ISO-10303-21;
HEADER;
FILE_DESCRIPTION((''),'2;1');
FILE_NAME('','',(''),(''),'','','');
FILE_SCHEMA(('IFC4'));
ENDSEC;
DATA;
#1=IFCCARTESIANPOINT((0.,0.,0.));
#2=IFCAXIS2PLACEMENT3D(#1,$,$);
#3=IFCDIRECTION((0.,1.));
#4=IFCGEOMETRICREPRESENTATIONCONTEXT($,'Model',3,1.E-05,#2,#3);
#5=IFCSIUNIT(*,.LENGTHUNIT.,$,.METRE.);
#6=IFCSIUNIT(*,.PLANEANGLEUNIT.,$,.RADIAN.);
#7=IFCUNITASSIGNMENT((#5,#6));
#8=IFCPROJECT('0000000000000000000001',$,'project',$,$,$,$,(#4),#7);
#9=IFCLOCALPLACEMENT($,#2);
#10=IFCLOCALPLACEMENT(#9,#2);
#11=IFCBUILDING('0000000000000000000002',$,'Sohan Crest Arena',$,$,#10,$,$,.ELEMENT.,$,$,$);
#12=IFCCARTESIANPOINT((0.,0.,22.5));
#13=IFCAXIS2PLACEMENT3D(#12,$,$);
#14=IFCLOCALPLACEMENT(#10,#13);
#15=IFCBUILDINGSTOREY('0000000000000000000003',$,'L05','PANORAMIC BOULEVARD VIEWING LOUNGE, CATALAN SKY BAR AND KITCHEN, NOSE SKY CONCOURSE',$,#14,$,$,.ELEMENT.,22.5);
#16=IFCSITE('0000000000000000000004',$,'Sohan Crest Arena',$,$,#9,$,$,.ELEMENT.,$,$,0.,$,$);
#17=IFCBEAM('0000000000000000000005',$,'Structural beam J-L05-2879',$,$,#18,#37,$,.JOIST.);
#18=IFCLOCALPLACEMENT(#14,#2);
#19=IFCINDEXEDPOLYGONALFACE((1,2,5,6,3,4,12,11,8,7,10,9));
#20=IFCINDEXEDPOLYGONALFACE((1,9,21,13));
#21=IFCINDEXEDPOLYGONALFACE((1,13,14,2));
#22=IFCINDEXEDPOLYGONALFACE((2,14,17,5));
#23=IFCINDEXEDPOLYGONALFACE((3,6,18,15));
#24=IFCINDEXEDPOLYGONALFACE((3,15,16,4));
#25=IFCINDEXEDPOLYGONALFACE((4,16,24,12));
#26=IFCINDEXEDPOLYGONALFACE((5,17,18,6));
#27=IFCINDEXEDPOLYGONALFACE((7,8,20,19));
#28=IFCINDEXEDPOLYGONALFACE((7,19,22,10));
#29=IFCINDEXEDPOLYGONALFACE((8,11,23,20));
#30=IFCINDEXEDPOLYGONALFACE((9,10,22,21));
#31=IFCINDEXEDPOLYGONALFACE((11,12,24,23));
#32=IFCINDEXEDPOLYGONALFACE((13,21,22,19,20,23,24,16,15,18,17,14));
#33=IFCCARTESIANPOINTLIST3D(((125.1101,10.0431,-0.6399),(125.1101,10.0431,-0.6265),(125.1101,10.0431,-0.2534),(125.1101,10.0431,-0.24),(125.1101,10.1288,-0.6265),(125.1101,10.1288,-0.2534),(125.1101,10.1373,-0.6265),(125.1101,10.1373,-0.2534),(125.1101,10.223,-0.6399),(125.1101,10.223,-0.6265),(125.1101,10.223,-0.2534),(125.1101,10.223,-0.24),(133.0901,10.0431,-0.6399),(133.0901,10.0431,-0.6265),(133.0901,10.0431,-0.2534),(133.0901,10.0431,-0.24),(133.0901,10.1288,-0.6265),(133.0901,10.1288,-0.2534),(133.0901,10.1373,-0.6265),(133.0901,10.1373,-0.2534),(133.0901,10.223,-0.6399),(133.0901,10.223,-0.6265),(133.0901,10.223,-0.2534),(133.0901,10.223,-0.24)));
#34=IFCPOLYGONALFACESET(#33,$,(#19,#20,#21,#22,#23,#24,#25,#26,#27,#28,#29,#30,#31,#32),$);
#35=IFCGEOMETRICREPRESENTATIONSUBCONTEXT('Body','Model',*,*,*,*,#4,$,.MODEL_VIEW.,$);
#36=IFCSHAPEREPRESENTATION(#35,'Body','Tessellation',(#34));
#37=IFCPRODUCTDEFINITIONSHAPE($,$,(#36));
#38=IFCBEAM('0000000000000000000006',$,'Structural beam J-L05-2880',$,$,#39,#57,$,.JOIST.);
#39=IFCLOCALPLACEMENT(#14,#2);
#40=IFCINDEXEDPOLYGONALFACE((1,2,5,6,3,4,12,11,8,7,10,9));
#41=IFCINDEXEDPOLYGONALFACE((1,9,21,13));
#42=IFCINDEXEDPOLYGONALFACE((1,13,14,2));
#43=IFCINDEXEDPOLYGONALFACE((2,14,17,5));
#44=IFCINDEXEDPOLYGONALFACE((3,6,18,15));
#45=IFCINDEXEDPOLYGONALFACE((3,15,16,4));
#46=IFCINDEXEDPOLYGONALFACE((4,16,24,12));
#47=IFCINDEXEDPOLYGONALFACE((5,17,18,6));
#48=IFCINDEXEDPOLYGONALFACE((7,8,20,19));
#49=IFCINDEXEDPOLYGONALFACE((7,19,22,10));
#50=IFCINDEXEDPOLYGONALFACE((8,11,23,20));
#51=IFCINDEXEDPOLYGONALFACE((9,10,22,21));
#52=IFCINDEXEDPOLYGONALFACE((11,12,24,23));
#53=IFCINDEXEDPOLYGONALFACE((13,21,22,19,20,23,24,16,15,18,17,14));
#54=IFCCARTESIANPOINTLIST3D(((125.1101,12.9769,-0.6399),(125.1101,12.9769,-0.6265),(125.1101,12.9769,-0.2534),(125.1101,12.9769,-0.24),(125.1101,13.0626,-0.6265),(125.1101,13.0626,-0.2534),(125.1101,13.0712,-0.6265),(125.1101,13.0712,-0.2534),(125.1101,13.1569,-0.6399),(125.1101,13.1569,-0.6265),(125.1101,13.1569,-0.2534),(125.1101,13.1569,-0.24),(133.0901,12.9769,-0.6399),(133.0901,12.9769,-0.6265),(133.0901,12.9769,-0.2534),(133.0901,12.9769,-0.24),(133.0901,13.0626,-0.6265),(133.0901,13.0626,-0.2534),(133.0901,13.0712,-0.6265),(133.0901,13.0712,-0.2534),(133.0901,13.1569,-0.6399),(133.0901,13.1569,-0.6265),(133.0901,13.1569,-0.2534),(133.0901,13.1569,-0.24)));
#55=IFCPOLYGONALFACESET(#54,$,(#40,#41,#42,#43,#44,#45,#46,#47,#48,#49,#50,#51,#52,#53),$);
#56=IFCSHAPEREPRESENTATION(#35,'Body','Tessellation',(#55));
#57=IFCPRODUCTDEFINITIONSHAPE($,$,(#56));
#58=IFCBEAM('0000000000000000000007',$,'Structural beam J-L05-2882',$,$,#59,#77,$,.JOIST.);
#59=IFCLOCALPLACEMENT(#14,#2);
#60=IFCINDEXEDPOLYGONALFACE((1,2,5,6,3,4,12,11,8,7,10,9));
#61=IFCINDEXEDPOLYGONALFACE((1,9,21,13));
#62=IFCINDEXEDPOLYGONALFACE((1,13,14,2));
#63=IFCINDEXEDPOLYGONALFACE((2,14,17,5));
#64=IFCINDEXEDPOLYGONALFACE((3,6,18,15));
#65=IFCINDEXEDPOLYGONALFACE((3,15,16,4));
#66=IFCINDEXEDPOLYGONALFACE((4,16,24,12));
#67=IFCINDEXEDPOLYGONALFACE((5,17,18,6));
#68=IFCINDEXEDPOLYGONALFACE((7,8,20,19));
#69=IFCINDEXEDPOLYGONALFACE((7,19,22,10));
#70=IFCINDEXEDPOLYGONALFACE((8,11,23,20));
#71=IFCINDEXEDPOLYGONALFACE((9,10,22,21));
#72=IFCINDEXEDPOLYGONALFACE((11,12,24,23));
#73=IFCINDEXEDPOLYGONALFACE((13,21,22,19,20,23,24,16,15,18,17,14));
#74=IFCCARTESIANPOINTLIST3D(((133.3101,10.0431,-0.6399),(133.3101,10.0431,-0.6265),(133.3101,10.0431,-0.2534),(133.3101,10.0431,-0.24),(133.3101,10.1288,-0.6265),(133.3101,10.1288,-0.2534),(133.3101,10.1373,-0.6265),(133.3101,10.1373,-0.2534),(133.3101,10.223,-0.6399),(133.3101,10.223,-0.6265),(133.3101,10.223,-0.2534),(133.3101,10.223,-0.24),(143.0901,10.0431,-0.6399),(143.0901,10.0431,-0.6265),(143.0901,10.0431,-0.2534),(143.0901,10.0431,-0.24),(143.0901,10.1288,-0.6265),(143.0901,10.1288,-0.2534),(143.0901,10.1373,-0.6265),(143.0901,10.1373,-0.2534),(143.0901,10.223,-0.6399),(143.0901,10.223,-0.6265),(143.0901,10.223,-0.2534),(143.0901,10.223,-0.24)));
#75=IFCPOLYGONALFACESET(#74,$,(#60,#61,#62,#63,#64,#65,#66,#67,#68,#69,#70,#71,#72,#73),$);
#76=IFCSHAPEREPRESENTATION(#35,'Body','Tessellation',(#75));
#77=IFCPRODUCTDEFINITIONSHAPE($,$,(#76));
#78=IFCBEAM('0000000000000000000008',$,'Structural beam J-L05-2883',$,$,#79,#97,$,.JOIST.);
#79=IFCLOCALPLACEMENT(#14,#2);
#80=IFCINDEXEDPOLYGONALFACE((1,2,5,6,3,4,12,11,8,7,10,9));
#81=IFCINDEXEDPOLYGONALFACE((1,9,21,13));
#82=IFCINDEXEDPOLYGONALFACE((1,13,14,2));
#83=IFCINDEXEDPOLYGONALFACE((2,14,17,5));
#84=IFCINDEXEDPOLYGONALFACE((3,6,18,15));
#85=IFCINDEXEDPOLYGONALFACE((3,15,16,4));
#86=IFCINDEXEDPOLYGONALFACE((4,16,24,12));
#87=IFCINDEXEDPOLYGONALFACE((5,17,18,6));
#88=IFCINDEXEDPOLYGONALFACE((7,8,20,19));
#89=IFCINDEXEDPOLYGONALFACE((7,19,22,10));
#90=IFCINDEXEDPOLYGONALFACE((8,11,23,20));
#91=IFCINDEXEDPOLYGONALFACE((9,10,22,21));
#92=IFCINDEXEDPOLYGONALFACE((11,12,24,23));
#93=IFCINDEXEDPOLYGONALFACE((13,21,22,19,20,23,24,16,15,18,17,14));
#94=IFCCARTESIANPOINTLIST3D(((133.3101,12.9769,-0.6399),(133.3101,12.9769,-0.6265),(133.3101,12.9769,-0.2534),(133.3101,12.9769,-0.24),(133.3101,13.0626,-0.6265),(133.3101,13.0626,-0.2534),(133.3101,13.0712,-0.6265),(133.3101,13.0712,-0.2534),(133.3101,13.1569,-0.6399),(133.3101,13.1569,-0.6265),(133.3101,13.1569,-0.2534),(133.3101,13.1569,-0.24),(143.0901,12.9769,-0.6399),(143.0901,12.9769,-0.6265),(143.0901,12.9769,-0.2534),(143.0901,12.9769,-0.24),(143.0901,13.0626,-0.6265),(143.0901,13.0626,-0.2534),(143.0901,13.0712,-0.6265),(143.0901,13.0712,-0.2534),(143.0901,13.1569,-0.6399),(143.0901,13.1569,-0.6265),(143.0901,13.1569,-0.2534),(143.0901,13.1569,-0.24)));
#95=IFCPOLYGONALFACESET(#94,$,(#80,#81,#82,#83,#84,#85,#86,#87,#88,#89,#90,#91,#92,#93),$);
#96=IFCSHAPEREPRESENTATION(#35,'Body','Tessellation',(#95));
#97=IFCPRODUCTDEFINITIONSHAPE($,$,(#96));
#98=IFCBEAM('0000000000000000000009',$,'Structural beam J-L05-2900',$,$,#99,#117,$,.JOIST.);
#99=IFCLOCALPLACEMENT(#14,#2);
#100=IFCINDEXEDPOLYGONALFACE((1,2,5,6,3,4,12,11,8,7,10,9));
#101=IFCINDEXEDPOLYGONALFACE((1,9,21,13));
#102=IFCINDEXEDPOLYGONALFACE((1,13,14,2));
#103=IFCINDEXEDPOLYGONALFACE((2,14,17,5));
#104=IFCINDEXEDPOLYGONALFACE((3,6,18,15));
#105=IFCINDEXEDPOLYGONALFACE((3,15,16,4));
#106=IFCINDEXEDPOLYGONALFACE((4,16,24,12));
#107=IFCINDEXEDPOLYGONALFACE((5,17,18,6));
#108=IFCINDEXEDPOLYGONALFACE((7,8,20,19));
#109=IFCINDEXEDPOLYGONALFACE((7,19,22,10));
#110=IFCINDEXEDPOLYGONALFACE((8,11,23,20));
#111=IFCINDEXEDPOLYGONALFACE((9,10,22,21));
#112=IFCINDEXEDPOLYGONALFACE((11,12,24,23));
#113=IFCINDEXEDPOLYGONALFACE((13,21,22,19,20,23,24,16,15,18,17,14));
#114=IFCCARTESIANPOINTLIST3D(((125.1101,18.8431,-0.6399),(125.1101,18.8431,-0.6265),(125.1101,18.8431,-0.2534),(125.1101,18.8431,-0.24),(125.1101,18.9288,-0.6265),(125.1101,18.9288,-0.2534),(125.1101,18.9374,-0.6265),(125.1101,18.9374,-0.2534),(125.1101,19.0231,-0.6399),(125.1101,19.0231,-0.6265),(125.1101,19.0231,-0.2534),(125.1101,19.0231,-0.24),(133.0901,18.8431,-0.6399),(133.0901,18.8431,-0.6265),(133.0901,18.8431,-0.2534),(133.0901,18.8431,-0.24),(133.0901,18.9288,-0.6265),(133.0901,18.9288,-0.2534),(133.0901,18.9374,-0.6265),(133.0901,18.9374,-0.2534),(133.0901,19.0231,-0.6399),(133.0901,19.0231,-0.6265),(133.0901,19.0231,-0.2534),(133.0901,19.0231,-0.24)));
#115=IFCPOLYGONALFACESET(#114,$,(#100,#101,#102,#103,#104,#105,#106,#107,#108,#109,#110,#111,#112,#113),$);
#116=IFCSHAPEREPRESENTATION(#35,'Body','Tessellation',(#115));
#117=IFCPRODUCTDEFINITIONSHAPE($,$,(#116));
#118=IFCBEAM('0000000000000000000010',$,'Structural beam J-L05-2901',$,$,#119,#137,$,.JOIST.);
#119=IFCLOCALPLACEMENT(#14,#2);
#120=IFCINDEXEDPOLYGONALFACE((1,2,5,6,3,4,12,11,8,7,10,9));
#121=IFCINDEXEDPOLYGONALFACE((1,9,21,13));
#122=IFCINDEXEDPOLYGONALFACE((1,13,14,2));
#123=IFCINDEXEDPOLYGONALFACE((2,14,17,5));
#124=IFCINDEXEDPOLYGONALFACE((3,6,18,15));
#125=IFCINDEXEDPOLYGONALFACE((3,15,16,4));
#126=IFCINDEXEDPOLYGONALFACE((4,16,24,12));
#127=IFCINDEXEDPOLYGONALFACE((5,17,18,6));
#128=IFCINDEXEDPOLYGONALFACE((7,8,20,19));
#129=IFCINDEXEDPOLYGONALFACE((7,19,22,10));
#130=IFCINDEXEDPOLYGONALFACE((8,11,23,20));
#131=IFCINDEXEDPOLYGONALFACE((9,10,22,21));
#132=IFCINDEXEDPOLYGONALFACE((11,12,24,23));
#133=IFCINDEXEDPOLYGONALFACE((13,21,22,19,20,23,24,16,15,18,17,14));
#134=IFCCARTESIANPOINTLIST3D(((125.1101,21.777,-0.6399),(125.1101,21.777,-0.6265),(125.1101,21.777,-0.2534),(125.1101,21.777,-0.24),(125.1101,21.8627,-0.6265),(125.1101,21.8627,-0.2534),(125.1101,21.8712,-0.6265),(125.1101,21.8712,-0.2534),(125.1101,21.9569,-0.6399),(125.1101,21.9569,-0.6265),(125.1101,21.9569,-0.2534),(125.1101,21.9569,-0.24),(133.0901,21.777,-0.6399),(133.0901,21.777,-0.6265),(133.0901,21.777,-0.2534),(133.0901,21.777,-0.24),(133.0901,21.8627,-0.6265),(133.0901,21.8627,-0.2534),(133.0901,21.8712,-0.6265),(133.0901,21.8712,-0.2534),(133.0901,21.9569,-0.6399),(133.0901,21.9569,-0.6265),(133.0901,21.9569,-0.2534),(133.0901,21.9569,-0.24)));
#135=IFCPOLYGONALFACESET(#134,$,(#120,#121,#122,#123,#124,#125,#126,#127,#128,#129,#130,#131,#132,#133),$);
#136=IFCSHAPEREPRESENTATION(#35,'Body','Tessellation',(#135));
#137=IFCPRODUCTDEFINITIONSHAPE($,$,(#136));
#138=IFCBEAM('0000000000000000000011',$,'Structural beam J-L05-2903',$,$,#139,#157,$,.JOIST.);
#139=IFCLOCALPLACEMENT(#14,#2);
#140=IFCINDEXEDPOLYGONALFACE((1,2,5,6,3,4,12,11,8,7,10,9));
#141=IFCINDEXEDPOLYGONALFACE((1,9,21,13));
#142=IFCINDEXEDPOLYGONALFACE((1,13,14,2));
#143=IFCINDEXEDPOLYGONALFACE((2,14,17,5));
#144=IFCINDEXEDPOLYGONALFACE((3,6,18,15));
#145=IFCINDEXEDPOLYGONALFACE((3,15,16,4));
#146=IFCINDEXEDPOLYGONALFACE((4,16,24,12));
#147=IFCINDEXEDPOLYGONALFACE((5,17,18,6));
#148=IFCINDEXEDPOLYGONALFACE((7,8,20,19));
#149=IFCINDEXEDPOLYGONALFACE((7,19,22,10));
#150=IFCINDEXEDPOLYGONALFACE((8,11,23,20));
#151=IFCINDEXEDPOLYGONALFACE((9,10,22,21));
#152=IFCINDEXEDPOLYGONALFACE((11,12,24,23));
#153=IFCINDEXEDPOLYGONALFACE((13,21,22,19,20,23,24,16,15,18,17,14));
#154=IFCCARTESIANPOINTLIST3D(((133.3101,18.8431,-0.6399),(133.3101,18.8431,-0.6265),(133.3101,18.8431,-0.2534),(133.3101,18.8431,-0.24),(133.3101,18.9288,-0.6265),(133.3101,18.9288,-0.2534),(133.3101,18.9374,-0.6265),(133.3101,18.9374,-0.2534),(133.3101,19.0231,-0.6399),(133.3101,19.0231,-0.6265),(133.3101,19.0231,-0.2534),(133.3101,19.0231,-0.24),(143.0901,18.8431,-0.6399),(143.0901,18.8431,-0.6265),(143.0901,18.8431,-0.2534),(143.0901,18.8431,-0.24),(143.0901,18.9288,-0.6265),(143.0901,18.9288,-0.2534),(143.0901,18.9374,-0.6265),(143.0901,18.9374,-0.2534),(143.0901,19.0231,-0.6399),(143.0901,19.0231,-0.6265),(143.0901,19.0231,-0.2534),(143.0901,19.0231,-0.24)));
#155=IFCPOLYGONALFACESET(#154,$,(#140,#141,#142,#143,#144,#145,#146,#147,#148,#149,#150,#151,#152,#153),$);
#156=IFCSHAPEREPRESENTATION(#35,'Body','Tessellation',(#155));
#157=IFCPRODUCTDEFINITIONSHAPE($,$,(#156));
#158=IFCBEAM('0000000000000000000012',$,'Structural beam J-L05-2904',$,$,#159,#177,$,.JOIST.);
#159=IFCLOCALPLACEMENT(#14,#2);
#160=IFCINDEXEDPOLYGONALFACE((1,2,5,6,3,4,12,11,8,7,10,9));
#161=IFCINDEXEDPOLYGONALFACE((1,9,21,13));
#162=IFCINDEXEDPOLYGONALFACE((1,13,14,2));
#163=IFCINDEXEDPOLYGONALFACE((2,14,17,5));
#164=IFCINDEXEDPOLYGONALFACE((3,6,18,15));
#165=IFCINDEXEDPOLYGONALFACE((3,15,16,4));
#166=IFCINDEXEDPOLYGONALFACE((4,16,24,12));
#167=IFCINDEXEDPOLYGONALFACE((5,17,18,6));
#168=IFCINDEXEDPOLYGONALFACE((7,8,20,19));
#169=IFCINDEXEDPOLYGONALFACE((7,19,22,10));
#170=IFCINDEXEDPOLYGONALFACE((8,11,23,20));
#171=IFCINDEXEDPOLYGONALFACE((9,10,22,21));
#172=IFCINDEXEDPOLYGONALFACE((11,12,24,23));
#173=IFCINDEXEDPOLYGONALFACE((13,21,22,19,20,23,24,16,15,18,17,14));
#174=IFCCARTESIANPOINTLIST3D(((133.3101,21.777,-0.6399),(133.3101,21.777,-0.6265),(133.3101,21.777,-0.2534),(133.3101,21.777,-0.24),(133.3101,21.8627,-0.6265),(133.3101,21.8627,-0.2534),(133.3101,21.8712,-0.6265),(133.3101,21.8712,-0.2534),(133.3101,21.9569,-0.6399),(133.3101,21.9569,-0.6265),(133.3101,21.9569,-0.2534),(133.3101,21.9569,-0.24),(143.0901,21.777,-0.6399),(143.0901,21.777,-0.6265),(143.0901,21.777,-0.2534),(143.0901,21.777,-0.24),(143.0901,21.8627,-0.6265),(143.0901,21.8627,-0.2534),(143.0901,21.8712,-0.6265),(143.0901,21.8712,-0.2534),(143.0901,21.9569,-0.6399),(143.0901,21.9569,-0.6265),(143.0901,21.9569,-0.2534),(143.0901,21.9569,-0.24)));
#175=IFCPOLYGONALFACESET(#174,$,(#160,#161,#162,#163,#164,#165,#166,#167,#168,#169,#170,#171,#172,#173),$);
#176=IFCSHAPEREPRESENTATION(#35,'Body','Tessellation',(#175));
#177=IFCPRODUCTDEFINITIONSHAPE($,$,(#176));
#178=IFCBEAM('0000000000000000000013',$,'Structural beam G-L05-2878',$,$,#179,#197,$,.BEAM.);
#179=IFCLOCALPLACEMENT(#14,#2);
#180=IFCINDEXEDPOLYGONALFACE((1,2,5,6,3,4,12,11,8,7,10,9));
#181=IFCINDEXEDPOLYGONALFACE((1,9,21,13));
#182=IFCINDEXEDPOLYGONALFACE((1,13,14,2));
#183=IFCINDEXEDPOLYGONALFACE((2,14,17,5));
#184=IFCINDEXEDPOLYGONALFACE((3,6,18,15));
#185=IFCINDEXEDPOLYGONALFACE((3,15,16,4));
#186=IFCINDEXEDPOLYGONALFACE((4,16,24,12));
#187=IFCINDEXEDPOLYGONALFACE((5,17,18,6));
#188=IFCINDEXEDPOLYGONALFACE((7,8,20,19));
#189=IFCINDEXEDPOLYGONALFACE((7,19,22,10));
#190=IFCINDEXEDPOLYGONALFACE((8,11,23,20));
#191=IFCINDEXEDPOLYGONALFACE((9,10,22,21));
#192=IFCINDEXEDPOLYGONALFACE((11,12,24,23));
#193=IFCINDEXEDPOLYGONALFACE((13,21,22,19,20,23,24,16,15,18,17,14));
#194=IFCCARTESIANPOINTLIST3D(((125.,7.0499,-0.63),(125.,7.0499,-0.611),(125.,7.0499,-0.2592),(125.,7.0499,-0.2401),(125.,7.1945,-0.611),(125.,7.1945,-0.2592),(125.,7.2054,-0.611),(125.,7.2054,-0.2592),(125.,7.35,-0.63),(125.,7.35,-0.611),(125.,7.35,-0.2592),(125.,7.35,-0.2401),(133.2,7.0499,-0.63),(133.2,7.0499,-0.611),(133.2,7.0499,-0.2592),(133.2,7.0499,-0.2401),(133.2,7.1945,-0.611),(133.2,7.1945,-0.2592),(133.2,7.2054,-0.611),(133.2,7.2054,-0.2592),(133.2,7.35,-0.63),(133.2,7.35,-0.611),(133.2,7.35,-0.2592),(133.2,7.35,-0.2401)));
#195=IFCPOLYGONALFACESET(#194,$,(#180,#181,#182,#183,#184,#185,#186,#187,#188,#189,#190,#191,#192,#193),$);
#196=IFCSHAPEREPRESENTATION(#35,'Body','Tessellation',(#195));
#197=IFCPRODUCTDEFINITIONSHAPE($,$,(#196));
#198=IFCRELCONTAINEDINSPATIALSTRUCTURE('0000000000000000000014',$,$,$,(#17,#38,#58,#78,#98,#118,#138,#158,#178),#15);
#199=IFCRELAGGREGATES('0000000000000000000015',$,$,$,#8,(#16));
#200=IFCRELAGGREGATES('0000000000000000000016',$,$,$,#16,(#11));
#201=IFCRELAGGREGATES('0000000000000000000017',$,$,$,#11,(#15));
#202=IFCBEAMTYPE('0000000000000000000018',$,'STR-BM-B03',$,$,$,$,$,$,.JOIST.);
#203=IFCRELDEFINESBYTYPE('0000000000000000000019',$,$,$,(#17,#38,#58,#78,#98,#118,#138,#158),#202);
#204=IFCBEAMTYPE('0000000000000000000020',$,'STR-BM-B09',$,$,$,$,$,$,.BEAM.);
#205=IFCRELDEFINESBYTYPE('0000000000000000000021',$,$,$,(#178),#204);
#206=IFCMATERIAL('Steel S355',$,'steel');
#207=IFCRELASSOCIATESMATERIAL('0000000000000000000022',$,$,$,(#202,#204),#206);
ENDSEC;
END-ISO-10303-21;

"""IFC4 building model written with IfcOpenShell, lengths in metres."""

from ifc_helpers import new_model, si_unit, direction, frame, origin, origin_2d, place, context, subcontext, project, spatial, i_section, extrude, material, material_profile, profile_set, type_object, element, save


model = new_model("IFC4")

# Units and contexts
model_context = context("Model", 3, precision=1e-05, world=origin(), true_north=direction((0.0, 1.0)))
body_context = subcontext(model_context, "Body", "Model", "MODEL_VIEW")
ifc_project = project(units=[si_unit("LENGTHUNIT", "METRE"), si_unit("PLANEANGLEUNIT", "RADIAN")], contexts=[model_context])

# Site, building, storey
site_placement = place(None, origin())
site = spatial("IfcSite", under=ifc_project, at=site_placement, Name="Sohan Crest Arena", CompositionType="ELEMENT", RefElevation=0.0)
building_placement = place(site_placement, origin())
building = spatial("IfcBuilding", under=site, at=building_placement, Name="Sohan Crest Arena", CompositionType="ELEMENT")
storey_placement = place(building_placement, frame((0.0, 0.0, 22.5)))
storey = spatial("IfcBuildingStorey", under=building, at=storey_placement, Name="L05", Description="PANORAMIC BOULEVARD VIEWING LOUNGE, CATALAN SKY BAR AND KITCHEN, NOSE SKY CONCOURSE", CompositionType="ELEMENT", Elevation=22.5)

# Beams
ifc_material_1 = material(Name="Steel S355", Category="steel")
ifc_material_profile_1 = material_profile(ifc_material_1, i_section(OverallWidth=0.1799, OverallDepth=0.3999, WebThickness=0.0085, FlangeThickness=0.0134, at=origin_2d()), Name="IPE 400")
ifc_profile_set_1 = profile_set([ifc_material_profile_1], Name="Steel S355")
beam_type_1 = type_object("IfcBeamType", Name="STR-BM-B03", PredefinedType="JOIST", material=ifc_profile_set_1)
for number, where, z_axis, x_axis, name in (
    (1, (125.1101, 10.1331, -0.4399), (1.0, 0.0, 0.0), (0.0, 1.0, 0.0), "Structural beam J-L05-2879"),
    (2, (125.1101, 13.0669, -0.4399), (1.0, 0.0, 0.0), (0.0, 1.0, 0.0), "Structural beam J-L05-2880"),
):
    element("IfcBeam", number, at=place(storey_placement, frame(where, z_axis=z_axis, x_axis=x_axis)), inside=storey, type_object=beam_type_1, Name=name, PredefinedType="JOIST", context=body_context, shape_type="SweptSolid", body=[
        extrude(i_section(OverallWidth=0.1799, OverallDepth=0.3999, WebThickness=0.0085, FlangeThickness=0.0134, at=origin_2d()), origin(), (0.0, 0.0, 1.0), 7.98),
    ])
for number, where, z_axis, x_axis, name in (
    (3, (133.3101, 10.1331, -0.4399), (1.0, 0.0, 0.0), (0.0, 1.0, 0.0), "Structural beam J-L05-2882"),
    (4, (133.3101, 13.0669, -0.4399), (1.0, 0.0, 0.0), (0.0, 1.0, 0.0), "Structural beam J-L05-2883"),
):
    element("IfcBeam", number, at=place(storey_placement, frame(where, z_axis=z_axis, x_axis=x_axis)), inside=storey, type_object=beam_type_1, Name=name, PredefinedType="JOIST", context=body_context, shape_type="SweptSolid", body=[
        extrude(i_section(OverallWidth=0.1799, OverallDepth=0.3999, WebThickness=0.0085, FlangeThickness=0.0134, at=origin_2d()), origin(), (0.0, 0.0, 1.0), 9.78),
    ])
for number, where, z_axis, x_axis, name in (
    (5, (125.1101, 18.9331, -0.4399), (1.0, 0.0, 0.0), (0.0, 1.0, 0.0), "Structural beam J-L05-2900"),
    (6, (125.1101, 21.8669, -0.4399), (1.0, 0.0, 0.0), (0.0, 1.0, 0.0), "Structural beam J-L05-2901"),
):
    element("IfcBeam", number, at=place(storey_placement, frame(where, z_axis=z_axis, x_axis=x_axis)), inside=storey, type_object=beam_type_1, Name=name, PredefinedType="JOIST", context=body_context, shape_type="SweptSolid", body=[
        extrude(i_section(OverallWidth=0.1799, OverallDepth=0.3999, WebThickness=0.0085, FlangeThickness=0.0134, at=origin_2d()), origin(), (0.0, 0.0, 1.0), 7.98),
    ])
for number, where, z_axis, x_axis, name in (
    (7, (133.3101, 18.9331, -0.4399), (1.0, 0.0, 0.0), (0.0, 1.0, 0.0), "Structural beam J-L05-2903"),
    (8, (133.3101, 21.8669, -0.4399), (1.0, 0.0, 0.0), (0.0, 1.0, 0.0), "Structural beam J-L05-2904"),
):
    element("IfcBeam", number, at=place(storey_placement, frame(where, z_axis=z_axis, x_axis=x_axis)), inside=storey, type_object=beam_type_1, Name=name, PredefinedType="JOIST", context=body_context, shape_type="SweptSolid", body=[
        extrude(i_section(OverallWidth=0.1799, OverallDepth=0.3999, WebThickness=0.0085, FlangeThickness=0.0134, at=origin_2d()), origin(), (0.0, 0.0, 1.0), 9.78),
    ])
ifc_material_profile_2 = material_profile(ifc_material_1, i_section(OverallWidth=0.3, OverallDepth=0.3899, WebThickness=0.011, FlangeThickness=0.019, at=origin_2d()), Name="HEA 400")
ifc_profile_set_2 = profile_set([ifc_material_profile_2], Name="Steel S355")
beam_type_2 = type_object("IfcBeamType", Name="STR-BM-B09", PredefinedType="BEAM", material=ifc_profile_set_2)
beam_1_placement = place(storey_placement, frame((125.0, 7.2, -0.4351), z_axis=(1.0, 0.0, 0.0), x_axis=(0.0, 1.0, 0.0)))
element("IfcBeam", 9, at=beam_1_placement, inside=storey, type_object=beam_type_2, Name="Structural beam G-L05-2878", PredefinedType="BEAM", context=body_context, shape_type="SweptSolid", body=[
    extrude(i_section(OverallWidth=0.3, OverallDepth=0.3899, WebThickness=0.011, FlangeThickness=0.019, at=origin_2d()), origin(), (0.0, 0.0, 1.0), 8.2),
])

save(model, "model.ifc")
